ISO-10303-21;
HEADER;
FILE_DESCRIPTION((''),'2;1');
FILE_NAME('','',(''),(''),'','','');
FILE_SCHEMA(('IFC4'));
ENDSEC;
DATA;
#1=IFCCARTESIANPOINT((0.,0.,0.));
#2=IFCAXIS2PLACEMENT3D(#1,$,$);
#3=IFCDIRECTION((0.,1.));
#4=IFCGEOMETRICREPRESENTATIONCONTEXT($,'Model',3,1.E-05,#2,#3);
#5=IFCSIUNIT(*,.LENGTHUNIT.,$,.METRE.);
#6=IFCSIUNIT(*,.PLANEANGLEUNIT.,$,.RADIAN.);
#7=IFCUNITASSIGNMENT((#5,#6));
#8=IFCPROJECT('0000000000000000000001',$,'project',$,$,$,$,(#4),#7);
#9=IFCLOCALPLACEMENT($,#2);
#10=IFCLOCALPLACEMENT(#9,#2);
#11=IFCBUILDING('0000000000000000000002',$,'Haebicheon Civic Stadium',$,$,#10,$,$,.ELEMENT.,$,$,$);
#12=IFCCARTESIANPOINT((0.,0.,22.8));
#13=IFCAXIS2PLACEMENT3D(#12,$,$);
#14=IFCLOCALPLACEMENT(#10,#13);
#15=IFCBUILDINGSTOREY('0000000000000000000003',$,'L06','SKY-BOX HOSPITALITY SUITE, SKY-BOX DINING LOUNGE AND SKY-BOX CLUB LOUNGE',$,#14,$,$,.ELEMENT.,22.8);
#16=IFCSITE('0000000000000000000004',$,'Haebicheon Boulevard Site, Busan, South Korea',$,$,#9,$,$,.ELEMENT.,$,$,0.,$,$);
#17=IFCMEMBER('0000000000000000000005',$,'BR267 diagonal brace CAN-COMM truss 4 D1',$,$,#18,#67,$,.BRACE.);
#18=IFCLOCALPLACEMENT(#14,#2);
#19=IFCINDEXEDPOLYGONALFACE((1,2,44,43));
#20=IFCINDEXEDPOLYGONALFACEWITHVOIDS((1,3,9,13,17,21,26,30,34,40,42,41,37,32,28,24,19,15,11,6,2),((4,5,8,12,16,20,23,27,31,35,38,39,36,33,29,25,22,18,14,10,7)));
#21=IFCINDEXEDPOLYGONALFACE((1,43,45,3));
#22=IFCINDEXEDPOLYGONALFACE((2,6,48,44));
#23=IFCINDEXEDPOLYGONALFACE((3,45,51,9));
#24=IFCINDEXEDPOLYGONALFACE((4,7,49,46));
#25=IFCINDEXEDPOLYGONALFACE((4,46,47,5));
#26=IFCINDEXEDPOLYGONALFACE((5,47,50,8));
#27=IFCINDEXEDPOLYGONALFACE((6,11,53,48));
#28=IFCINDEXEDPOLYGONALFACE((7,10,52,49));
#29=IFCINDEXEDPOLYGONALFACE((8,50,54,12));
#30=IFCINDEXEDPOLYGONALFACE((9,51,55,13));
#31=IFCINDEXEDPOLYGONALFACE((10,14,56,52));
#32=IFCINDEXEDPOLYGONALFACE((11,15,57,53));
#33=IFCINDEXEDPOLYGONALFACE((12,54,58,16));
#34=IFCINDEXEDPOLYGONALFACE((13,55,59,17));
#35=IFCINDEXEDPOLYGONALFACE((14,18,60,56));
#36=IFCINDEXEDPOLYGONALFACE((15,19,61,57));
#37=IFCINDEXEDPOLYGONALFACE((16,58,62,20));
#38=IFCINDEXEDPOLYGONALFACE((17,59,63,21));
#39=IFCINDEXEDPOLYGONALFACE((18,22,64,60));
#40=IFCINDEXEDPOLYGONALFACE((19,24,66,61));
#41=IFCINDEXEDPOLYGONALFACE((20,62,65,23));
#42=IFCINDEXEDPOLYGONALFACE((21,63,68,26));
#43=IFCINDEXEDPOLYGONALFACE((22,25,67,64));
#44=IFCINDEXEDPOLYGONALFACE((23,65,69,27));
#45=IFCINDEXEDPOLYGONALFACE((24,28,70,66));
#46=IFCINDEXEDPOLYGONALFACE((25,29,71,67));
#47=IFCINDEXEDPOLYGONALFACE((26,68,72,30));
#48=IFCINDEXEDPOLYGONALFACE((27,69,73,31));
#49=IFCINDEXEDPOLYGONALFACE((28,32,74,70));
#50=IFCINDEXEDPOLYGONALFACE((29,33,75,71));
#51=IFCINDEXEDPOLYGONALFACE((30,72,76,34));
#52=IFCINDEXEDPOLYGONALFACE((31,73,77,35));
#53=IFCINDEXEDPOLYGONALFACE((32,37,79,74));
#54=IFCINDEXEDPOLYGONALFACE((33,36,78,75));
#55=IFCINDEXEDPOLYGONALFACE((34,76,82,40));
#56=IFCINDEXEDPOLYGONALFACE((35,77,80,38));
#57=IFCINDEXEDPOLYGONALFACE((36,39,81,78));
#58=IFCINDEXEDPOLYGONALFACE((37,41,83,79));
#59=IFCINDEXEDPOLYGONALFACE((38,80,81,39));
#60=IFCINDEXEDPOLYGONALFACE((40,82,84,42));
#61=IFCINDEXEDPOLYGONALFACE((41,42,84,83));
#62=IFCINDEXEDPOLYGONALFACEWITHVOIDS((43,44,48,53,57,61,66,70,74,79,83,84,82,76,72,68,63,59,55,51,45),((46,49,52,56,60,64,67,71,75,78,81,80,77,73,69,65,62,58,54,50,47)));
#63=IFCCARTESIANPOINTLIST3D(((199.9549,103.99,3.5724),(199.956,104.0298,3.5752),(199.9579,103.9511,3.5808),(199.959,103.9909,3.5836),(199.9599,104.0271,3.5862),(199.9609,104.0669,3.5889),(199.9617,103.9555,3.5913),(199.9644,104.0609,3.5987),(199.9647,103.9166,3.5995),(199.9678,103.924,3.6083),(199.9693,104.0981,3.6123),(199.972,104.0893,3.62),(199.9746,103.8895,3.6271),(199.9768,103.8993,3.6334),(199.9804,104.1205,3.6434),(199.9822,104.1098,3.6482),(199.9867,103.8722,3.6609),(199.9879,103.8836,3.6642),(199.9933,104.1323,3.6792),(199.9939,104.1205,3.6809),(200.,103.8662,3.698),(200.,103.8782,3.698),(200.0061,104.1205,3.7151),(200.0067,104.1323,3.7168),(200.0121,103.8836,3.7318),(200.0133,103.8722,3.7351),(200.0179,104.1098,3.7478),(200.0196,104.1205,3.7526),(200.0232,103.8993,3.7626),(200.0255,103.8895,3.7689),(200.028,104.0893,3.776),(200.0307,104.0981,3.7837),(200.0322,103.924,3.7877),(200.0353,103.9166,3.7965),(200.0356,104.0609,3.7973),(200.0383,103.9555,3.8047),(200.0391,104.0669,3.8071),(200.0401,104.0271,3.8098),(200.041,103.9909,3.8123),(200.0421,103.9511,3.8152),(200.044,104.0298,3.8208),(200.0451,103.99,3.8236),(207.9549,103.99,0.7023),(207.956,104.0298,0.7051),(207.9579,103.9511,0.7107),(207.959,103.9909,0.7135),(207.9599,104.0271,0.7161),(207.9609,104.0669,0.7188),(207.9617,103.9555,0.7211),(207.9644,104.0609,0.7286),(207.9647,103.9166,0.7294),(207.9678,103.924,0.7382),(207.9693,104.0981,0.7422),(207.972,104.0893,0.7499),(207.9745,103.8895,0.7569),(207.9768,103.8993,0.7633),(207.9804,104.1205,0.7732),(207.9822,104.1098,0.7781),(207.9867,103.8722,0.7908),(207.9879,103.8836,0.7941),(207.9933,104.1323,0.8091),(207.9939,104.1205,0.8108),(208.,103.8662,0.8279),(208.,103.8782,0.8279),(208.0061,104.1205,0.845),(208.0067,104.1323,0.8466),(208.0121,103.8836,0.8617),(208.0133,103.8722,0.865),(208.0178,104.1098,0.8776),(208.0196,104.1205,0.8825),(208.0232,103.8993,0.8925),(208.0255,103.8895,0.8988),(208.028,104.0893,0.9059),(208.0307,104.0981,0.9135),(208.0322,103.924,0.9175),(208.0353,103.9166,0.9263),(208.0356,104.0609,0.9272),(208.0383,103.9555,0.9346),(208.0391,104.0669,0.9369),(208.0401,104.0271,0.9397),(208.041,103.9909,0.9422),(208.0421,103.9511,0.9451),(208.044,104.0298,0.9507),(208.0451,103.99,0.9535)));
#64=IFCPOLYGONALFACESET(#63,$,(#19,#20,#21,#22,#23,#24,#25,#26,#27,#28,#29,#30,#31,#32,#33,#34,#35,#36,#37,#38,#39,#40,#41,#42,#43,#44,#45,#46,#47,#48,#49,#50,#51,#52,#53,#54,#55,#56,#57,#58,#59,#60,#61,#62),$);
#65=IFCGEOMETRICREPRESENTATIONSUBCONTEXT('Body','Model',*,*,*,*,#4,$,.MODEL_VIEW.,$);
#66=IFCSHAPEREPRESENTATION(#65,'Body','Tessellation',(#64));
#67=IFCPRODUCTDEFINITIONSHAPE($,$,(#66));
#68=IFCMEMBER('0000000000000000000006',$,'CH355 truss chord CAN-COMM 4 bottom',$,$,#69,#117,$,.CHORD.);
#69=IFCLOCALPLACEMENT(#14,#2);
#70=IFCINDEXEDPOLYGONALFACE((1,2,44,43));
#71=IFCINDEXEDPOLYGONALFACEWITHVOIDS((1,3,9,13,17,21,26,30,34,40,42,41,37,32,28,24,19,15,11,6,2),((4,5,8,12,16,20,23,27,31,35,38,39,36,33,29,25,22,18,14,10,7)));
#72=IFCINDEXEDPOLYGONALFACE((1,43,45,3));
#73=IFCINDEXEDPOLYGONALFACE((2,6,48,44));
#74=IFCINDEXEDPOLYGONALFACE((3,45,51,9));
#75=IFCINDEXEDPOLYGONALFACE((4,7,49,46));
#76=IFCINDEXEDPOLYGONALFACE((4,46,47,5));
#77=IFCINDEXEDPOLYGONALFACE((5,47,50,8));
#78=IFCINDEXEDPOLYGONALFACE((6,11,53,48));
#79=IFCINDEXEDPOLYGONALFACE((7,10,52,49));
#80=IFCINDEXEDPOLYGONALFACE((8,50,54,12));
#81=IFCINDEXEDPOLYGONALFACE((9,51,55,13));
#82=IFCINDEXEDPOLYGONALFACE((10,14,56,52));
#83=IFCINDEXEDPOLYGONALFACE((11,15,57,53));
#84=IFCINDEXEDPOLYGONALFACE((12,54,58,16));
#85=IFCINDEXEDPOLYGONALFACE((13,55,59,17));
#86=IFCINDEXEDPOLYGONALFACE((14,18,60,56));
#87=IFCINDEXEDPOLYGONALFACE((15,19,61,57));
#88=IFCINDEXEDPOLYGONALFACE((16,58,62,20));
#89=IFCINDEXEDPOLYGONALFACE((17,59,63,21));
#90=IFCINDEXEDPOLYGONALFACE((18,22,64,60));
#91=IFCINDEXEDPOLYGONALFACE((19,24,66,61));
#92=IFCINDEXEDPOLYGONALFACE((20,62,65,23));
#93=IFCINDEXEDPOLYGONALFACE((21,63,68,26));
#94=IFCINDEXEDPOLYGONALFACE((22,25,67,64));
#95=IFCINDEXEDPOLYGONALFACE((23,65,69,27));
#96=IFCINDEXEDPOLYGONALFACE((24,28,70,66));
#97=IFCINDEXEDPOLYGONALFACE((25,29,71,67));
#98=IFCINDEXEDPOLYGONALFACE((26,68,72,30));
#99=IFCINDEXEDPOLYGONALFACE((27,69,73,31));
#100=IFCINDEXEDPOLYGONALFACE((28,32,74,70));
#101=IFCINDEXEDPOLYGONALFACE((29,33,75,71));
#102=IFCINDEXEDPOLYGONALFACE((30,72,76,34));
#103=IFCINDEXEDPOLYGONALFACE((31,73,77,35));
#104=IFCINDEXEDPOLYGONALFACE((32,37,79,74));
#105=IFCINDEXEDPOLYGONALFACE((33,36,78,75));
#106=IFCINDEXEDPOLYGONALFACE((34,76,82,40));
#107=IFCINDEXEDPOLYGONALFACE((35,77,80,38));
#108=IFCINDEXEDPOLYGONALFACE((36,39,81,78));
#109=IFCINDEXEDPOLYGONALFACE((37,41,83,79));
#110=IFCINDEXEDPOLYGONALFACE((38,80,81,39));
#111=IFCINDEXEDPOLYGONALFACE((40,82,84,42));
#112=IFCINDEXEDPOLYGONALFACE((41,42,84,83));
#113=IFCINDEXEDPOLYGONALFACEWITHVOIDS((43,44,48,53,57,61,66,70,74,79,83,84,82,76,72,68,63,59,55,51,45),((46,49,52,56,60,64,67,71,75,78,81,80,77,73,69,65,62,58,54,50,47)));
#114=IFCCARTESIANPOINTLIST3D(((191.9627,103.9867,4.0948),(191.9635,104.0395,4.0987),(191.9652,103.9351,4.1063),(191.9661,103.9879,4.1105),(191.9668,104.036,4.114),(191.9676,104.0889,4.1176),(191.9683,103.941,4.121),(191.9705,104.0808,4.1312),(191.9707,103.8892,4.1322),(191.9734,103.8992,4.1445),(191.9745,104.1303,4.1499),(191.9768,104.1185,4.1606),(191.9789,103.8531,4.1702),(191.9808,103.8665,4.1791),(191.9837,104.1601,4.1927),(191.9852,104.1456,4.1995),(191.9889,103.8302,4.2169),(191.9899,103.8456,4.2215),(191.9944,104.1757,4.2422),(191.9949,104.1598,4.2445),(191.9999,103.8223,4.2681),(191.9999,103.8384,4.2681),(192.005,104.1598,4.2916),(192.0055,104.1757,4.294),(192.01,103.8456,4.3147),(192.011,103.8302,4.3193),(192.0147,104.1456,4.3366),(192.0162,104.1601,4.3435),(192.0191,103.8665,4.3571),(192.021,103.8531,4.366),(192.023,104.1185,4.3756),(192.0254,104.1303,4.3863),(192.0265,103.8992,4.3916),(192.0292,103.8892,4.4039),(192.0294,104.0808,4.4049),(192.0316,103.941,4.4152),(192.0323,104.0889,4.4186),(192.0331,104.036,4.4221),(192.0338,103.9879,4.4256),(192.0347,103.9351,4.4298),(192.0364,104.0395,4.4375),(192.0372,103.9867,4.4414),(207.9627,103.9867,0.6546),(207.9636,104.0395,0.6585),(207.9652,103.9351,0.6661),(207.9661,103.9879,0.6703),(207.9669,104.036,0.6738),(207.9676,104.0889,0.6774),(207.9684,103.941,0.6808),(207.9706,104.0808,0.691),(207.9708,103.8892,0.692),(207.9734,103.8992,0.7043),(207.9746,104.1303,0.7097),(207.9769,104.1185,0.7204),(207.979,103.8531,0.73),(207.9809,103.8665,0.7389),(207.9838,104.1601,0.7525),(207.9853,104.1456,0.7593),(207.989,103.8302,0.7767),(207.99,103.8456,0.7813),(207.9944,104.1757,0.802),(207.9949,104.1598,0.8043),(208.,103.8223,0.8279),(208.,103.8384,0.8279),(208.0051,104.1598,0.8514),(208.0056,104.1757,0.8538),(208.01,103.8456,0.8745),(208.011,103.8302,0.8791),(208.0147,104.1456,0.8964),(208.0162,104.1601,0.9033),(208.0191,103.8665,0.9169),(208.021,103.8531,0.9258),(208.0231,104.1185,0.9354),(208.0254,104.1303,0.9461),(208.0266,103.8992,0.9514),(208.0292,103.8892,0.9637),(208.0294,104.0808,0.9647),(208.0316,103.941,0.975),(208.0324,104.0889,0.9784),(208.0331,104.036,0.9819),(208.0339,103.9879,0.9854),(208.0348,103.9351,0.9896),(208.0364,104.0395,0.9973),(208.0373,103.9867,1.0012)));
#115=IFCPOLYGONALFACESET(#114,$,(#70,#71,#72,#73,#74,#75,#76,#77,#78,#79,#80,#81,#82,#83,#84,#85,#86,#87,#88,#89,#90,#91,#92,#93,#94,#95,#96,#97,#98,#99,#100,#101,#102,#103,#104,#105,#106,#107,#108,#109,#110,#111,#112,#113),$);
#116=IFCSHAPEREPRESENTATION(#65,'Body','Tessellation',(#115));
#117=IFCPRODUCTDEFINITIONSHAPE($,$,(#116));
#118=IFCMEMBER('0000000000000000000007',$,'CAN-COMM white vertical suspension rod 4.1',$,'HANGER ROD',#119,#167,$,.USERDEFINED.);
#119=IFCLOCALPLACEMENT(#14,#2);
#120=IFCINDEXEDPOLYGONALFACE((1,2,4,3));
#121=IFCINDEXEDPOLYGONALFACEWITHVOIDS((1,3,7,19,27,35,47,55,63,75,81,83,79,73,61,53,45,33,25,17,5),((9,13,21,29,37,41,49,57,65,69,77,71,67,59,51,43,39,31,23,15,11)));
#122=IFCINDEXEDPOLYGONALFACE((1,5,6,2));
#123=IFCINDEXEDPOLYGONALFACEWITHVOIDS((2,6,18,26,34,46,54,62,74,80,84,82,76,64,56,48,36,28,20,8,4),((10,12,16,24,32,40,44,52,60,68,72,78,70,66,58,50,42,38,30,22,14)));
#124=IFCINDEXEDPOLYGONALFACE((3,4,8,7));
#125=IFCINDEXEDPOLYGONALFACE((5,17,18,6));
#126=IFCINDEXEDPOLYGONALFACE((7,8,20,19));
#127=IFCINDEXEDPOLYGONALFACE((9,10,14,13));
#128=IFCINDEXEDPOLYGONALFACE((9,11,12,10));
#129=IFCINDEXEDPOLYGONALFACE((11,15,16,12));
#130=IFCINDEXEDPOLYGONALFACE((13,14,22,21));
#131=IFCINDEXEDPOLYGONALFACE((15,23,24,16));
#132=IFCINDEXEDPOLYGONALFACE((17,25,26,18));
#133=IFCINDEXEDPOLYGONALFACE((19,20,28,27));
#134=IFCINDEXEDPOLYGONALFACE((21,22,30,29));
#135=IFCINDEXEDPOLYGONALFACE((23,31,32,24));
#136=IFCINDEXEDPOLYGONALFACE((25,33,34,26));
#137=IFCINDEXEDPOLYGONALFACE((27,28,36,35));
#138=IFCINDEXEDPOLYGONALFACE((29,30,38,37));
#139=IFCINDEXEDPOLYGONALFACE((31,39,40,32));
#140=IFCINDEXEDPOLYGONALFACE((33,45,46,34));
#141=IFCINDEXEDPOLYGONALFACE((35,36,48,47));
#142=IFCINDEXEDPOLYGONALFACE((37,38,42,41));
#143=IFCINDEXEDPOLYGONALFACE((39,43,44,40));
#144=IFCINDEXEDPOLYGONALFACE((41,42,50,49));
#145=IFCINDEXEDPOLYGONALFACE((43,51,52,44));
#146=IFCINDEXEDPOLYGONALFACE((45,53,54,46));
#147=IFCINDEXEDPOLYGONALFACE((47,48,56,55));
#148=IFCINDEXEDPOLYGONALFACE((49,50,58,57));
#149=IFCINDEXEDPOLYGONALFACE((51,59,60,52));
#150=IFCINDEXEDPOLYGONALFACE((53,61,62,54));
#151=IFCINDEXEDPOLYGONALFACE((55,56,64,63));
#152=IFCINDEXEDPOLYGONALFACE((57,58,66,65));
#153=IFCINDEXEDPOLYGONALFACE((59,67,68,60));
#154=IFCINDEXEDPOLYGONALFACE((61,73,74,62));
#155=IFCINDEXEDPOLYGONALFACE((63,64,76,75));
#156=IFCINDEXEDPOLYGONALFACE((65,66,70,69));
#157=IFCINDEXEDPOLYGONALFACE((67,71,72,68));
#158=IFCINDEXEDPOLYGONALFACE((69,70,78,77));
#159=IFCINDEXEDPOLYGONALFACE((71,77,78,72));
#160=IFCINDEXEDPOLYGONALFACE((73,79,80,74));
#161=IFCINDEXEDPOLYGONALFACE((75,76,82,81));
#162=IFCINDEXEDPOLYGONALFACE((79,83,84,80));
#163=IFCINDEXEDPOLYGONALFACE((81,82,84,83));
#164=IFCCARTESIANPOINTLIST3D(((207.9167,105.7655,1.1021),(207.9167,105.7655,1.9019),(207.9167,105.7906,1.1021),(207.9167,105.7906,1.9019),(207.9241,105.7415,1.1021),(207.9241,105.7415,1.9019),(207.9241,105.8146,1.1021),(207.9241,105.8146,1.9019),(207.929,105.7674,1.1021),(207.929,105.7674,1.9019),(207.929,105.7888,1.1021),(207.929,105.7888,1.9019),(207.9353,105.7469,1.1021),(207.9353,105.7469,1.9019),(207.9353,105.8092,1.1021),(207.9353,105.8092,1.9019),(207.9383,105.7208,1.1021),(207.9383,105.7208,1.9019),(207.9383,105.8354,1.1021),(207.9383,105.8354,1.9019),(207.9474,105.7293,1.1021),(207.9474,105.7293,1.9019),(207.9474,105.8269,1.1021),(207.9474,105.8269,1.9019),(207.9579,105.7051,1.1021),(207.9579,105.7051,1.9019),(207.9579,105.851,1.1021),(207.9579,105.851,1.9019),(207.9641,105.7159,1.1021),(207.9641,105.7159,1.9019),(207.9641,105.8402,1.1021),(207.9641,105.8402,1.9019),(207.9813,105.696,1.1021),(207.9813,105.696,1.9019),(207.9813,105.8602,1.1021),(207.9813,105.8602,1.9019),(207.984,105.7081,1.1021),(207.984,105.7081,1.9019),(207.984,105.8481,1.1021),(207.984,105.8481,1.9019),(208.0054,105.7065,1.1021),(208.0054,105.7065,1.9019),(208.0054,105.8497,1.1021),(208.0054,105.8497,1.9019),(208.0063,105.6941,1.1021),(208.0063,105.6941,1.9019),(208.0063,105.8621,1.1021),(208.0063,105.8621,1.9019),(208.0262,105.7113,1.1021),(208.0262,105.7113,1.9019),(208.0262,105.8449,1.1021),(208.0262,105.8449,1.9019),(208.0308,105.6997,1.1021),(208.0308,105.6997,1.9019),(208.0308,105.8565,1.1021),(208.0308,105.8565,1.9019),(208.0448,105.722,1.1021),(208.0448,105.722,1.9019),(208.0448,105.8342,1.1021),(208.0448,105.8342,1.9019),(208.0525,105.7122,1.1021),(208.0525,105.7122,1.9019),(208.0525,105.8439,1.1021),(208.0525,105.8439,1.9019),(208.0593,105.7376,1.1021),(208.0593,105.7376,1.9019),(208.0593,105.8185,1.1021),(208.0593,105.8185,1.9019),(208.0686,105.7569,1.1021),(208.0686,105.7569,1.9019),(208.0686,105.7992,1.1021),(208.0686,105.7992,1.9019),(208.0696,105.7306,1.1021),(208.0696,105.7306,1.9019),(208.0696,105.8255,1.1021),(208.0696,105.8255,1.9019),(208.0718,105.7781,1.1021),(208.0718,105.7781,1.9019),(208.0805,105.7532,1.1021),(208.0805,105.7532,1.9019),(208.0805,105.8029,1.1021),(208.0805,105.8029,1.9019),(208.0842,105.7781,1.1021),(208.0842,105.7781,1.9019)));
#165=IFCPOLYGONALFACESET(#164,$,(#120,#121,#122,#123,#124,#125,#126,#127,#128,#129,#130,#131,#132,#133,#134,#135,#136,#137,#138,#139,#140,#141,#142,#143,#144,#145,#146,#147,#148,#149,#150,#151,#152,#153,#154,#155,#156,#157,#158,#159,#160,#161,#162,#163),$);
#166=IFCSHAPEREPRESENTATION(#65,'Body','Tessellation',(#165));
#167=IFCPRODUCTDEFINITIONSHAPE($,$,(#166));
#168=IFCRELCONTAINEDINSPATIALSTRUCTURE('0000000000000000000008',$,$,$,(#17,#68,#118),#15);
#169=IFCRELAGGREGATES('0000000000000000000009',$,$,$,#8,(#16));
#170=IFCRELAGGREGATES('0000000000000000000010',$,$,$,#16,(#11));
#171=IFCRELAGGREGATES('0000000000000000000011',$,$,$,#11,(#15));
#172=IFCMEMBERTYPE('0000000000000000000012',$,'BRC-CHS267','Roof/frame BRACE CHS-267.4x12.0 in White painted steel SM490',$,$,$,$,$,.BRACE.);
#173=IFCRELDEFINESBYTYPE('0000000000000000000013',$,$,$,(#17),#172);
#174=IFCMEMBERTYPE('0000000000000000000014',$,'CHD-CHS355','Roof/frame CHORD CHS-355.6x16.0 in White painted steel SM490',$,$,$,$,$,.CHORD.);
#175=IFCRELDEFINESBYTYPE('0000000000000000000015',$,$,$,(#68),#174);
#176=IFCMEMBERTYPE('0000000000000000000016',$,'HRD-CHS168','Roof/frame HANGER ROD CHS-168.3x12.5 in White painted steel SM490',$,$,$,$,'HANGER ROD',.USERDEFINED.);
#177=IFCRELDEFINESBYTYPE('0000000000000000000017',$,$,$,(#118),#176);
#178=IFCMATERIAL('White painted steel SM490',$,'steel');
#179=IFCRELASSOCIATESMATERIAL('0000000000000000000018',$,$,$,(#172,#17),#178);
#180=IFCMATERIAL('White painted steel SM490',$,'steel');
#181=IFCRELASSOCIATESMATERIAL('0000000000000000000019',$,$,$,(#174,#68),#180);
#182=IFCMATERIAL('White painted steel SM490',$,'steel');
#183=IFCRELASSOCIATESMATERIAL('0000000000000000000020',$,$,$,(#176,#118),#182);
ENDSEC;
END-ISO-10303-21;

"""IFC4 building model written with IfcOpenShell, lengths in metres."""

from ifc_helpers import new_model, si_unit, direction, frame, origin, origin_2d, place, context, subcontext, project, spatial, hollow_circle, extrude, material, material_profile, profile_set, type_object, element, save


model = new_model("IFC4")

# Units and contexts
model_context = context("Model", 3, precision=1e-05, world=origin(), true_north=direction((0.0, 1.0)))
body_context = subcontext(model_context, "Body", "Model", "MODEL_VIEW")
ifc_project = project(units=[si_unit("LENGTHUNIT", "METRE"), si_unit("PLANEANGLEUNIT", "RADIAN")], contexts=[model_context])

# Site, building, storey
site_placement = place(None, origin())
site = spatial("IfcSite", under=ifc_project, at=site_placement, Name="Haebicheon Boulevard Site, Busan, South Korea", CompositionType="ELEMENT", RefElevation=0.0)
building_placement = place(site_placement, origin())
building = spatial("IfcBuilding", under=site, at=building_placement, Name="Haebicheon Civic Stadium", CompositionType="ELEMENT")
storey_placement = place(building_placement, frame((0.0, 0.0, 22.8)))
storey = spatial("IfcBuildingStorey", under=building, at=storey_placement, Name="L06", Description="SKY-BOX HOSPITALITY SUITE, SKY-BOX DINING LOUNGE AND SKY-BOX CLUB LOUNGE", CompositionType="ELEMENT", Elevation=22.8)

# Members
ifc_material_1 = material(Name="White painted steel SM490", Category="steel")
ifc_material_profile_1 = material_profile(ifc_material_1, hollow_circle(Radius=0.1338, WallThickness=0.012, at=origin_2d()), Name="CHS-267.4x12.0")
ifc_profile_set_1 = profile_set([ifc_material_profile_1], Name="White painted steel SM490")
member_type_1 = type_object("IfcMemberType", Name="BRC-CHS267", Description="Roof/frame BRACE CHS-267.4x12.0 in White painted steel SM490", PredefinedType="BRACE", material=ifc_profile_set_1)
member_1_placement = place(storey_placement, frame((208.0, 104.0, 0.8279), z_axis=(-0.941257, 0.0, 0.33769), x_axis=(0.0, -1.0, 0.0)))
element("IfcMember", 1, at=member_1_placement, inside=storey, type_object=member_type_1, material=ifc_profile_set_1, Name="BR267 diagonal brace CAN-COMM truss 4 D1", PredefinedType="BRACE", context=body_context, shape_type="SweptSolid", body=[
    extrude(hollow_circle(Radius=0.1338, WallThickness=0.012, at=origin_2d()), origin(), (0.0, 0.0, 1.0), 8.4993),
])
ifc_material_2 = material(Name="White painted steel SM490", Category="steel")
ifc_material_profile_2 = material_profile(ifc_material_2, hollow_circle(Radius=0.1777, WallThickness=0.0161, at=origin_2d()), Name="CHS-355.6x16.0")
ifc_profile_set_2 = profile_set([ifc_material_profile_2], Name="White painted steel SM490")
member_type_2 = type_object("IfcMemberType", Name="CHD-CHS355", Description="Roof/frame CHORD CHS-355.6x16.0 in White painted steel SM490", PredefinedType="CHORD", material=ifc_profile_set_2)
member_2_placement = place(storey_placement, frame((208.0, 104.0, 0.8279), z_axis=(-0.977657, 0.0, 0.210208), x_axis=(0.0, -1.0, 0.0)))
element("IfcMember", 2, at=member_2_placement, inside=storey, type_object=member_type_2, material=ifc_profile_set_2, Name="CH355 truss chord CAN-COMM 4 bottom", PredefinedType="CHORD", context=body_context, shape_type="SweptSolid", body=[
    extrude(hollow_circle(Radius=0.1777, WallThickness=0.0161, at=origin_2d()), origin(), (0.0, 0.0, 1.0), 16.3657),
])
ifc_material_3 = material(Name="White painted steel SM490", Category="steel")
ifc_material_profile_3 = material_profile(ifc_material_3, hollow_circle(Radius=0.0842, WallThickness=0.0125, at=origin_2d()), Name="CHS-168.3x12.5")
ifc_profile_set_3 = profile_set([ifc_material_profile_3], Name="White painted steel SM490")
member_type_3 = type_object("IfcMemberType", Name="HRD-CHS168", Description="Roof/frame HANGER ROD CHS-168.3x12.5 in White painted steel SM490", ElementType="HANGER ROD", PredefinedType="USERDEFINED", material=ifc_profile_set_3)
member_3_placement = place(storey_placement, frame((208.0, 105.7781, 1.1021), z_axis=(0.0, 0.0, 1.0), x_axis=(1.0, 0.0, 0.0)))
element("IfcMember", 3, at=member_3_placement, inside=storey, type_object=member_type_3, material=ifc_profile_set_3, Name="CAN-COMM white vertical suspension rod 4.1", ObjectType="HANGER ROD", PredefinedType="USERDEFINED", context=body_context, shape_type="SweptSolid", body=[
    extrude(hollow_circle(Radius=0.0842, WallThickness=0.0125, at=origin_2d()), origin(), (0.0, 0.0, 1.0), 0.7998),
])

save(model, "model.ifc")
